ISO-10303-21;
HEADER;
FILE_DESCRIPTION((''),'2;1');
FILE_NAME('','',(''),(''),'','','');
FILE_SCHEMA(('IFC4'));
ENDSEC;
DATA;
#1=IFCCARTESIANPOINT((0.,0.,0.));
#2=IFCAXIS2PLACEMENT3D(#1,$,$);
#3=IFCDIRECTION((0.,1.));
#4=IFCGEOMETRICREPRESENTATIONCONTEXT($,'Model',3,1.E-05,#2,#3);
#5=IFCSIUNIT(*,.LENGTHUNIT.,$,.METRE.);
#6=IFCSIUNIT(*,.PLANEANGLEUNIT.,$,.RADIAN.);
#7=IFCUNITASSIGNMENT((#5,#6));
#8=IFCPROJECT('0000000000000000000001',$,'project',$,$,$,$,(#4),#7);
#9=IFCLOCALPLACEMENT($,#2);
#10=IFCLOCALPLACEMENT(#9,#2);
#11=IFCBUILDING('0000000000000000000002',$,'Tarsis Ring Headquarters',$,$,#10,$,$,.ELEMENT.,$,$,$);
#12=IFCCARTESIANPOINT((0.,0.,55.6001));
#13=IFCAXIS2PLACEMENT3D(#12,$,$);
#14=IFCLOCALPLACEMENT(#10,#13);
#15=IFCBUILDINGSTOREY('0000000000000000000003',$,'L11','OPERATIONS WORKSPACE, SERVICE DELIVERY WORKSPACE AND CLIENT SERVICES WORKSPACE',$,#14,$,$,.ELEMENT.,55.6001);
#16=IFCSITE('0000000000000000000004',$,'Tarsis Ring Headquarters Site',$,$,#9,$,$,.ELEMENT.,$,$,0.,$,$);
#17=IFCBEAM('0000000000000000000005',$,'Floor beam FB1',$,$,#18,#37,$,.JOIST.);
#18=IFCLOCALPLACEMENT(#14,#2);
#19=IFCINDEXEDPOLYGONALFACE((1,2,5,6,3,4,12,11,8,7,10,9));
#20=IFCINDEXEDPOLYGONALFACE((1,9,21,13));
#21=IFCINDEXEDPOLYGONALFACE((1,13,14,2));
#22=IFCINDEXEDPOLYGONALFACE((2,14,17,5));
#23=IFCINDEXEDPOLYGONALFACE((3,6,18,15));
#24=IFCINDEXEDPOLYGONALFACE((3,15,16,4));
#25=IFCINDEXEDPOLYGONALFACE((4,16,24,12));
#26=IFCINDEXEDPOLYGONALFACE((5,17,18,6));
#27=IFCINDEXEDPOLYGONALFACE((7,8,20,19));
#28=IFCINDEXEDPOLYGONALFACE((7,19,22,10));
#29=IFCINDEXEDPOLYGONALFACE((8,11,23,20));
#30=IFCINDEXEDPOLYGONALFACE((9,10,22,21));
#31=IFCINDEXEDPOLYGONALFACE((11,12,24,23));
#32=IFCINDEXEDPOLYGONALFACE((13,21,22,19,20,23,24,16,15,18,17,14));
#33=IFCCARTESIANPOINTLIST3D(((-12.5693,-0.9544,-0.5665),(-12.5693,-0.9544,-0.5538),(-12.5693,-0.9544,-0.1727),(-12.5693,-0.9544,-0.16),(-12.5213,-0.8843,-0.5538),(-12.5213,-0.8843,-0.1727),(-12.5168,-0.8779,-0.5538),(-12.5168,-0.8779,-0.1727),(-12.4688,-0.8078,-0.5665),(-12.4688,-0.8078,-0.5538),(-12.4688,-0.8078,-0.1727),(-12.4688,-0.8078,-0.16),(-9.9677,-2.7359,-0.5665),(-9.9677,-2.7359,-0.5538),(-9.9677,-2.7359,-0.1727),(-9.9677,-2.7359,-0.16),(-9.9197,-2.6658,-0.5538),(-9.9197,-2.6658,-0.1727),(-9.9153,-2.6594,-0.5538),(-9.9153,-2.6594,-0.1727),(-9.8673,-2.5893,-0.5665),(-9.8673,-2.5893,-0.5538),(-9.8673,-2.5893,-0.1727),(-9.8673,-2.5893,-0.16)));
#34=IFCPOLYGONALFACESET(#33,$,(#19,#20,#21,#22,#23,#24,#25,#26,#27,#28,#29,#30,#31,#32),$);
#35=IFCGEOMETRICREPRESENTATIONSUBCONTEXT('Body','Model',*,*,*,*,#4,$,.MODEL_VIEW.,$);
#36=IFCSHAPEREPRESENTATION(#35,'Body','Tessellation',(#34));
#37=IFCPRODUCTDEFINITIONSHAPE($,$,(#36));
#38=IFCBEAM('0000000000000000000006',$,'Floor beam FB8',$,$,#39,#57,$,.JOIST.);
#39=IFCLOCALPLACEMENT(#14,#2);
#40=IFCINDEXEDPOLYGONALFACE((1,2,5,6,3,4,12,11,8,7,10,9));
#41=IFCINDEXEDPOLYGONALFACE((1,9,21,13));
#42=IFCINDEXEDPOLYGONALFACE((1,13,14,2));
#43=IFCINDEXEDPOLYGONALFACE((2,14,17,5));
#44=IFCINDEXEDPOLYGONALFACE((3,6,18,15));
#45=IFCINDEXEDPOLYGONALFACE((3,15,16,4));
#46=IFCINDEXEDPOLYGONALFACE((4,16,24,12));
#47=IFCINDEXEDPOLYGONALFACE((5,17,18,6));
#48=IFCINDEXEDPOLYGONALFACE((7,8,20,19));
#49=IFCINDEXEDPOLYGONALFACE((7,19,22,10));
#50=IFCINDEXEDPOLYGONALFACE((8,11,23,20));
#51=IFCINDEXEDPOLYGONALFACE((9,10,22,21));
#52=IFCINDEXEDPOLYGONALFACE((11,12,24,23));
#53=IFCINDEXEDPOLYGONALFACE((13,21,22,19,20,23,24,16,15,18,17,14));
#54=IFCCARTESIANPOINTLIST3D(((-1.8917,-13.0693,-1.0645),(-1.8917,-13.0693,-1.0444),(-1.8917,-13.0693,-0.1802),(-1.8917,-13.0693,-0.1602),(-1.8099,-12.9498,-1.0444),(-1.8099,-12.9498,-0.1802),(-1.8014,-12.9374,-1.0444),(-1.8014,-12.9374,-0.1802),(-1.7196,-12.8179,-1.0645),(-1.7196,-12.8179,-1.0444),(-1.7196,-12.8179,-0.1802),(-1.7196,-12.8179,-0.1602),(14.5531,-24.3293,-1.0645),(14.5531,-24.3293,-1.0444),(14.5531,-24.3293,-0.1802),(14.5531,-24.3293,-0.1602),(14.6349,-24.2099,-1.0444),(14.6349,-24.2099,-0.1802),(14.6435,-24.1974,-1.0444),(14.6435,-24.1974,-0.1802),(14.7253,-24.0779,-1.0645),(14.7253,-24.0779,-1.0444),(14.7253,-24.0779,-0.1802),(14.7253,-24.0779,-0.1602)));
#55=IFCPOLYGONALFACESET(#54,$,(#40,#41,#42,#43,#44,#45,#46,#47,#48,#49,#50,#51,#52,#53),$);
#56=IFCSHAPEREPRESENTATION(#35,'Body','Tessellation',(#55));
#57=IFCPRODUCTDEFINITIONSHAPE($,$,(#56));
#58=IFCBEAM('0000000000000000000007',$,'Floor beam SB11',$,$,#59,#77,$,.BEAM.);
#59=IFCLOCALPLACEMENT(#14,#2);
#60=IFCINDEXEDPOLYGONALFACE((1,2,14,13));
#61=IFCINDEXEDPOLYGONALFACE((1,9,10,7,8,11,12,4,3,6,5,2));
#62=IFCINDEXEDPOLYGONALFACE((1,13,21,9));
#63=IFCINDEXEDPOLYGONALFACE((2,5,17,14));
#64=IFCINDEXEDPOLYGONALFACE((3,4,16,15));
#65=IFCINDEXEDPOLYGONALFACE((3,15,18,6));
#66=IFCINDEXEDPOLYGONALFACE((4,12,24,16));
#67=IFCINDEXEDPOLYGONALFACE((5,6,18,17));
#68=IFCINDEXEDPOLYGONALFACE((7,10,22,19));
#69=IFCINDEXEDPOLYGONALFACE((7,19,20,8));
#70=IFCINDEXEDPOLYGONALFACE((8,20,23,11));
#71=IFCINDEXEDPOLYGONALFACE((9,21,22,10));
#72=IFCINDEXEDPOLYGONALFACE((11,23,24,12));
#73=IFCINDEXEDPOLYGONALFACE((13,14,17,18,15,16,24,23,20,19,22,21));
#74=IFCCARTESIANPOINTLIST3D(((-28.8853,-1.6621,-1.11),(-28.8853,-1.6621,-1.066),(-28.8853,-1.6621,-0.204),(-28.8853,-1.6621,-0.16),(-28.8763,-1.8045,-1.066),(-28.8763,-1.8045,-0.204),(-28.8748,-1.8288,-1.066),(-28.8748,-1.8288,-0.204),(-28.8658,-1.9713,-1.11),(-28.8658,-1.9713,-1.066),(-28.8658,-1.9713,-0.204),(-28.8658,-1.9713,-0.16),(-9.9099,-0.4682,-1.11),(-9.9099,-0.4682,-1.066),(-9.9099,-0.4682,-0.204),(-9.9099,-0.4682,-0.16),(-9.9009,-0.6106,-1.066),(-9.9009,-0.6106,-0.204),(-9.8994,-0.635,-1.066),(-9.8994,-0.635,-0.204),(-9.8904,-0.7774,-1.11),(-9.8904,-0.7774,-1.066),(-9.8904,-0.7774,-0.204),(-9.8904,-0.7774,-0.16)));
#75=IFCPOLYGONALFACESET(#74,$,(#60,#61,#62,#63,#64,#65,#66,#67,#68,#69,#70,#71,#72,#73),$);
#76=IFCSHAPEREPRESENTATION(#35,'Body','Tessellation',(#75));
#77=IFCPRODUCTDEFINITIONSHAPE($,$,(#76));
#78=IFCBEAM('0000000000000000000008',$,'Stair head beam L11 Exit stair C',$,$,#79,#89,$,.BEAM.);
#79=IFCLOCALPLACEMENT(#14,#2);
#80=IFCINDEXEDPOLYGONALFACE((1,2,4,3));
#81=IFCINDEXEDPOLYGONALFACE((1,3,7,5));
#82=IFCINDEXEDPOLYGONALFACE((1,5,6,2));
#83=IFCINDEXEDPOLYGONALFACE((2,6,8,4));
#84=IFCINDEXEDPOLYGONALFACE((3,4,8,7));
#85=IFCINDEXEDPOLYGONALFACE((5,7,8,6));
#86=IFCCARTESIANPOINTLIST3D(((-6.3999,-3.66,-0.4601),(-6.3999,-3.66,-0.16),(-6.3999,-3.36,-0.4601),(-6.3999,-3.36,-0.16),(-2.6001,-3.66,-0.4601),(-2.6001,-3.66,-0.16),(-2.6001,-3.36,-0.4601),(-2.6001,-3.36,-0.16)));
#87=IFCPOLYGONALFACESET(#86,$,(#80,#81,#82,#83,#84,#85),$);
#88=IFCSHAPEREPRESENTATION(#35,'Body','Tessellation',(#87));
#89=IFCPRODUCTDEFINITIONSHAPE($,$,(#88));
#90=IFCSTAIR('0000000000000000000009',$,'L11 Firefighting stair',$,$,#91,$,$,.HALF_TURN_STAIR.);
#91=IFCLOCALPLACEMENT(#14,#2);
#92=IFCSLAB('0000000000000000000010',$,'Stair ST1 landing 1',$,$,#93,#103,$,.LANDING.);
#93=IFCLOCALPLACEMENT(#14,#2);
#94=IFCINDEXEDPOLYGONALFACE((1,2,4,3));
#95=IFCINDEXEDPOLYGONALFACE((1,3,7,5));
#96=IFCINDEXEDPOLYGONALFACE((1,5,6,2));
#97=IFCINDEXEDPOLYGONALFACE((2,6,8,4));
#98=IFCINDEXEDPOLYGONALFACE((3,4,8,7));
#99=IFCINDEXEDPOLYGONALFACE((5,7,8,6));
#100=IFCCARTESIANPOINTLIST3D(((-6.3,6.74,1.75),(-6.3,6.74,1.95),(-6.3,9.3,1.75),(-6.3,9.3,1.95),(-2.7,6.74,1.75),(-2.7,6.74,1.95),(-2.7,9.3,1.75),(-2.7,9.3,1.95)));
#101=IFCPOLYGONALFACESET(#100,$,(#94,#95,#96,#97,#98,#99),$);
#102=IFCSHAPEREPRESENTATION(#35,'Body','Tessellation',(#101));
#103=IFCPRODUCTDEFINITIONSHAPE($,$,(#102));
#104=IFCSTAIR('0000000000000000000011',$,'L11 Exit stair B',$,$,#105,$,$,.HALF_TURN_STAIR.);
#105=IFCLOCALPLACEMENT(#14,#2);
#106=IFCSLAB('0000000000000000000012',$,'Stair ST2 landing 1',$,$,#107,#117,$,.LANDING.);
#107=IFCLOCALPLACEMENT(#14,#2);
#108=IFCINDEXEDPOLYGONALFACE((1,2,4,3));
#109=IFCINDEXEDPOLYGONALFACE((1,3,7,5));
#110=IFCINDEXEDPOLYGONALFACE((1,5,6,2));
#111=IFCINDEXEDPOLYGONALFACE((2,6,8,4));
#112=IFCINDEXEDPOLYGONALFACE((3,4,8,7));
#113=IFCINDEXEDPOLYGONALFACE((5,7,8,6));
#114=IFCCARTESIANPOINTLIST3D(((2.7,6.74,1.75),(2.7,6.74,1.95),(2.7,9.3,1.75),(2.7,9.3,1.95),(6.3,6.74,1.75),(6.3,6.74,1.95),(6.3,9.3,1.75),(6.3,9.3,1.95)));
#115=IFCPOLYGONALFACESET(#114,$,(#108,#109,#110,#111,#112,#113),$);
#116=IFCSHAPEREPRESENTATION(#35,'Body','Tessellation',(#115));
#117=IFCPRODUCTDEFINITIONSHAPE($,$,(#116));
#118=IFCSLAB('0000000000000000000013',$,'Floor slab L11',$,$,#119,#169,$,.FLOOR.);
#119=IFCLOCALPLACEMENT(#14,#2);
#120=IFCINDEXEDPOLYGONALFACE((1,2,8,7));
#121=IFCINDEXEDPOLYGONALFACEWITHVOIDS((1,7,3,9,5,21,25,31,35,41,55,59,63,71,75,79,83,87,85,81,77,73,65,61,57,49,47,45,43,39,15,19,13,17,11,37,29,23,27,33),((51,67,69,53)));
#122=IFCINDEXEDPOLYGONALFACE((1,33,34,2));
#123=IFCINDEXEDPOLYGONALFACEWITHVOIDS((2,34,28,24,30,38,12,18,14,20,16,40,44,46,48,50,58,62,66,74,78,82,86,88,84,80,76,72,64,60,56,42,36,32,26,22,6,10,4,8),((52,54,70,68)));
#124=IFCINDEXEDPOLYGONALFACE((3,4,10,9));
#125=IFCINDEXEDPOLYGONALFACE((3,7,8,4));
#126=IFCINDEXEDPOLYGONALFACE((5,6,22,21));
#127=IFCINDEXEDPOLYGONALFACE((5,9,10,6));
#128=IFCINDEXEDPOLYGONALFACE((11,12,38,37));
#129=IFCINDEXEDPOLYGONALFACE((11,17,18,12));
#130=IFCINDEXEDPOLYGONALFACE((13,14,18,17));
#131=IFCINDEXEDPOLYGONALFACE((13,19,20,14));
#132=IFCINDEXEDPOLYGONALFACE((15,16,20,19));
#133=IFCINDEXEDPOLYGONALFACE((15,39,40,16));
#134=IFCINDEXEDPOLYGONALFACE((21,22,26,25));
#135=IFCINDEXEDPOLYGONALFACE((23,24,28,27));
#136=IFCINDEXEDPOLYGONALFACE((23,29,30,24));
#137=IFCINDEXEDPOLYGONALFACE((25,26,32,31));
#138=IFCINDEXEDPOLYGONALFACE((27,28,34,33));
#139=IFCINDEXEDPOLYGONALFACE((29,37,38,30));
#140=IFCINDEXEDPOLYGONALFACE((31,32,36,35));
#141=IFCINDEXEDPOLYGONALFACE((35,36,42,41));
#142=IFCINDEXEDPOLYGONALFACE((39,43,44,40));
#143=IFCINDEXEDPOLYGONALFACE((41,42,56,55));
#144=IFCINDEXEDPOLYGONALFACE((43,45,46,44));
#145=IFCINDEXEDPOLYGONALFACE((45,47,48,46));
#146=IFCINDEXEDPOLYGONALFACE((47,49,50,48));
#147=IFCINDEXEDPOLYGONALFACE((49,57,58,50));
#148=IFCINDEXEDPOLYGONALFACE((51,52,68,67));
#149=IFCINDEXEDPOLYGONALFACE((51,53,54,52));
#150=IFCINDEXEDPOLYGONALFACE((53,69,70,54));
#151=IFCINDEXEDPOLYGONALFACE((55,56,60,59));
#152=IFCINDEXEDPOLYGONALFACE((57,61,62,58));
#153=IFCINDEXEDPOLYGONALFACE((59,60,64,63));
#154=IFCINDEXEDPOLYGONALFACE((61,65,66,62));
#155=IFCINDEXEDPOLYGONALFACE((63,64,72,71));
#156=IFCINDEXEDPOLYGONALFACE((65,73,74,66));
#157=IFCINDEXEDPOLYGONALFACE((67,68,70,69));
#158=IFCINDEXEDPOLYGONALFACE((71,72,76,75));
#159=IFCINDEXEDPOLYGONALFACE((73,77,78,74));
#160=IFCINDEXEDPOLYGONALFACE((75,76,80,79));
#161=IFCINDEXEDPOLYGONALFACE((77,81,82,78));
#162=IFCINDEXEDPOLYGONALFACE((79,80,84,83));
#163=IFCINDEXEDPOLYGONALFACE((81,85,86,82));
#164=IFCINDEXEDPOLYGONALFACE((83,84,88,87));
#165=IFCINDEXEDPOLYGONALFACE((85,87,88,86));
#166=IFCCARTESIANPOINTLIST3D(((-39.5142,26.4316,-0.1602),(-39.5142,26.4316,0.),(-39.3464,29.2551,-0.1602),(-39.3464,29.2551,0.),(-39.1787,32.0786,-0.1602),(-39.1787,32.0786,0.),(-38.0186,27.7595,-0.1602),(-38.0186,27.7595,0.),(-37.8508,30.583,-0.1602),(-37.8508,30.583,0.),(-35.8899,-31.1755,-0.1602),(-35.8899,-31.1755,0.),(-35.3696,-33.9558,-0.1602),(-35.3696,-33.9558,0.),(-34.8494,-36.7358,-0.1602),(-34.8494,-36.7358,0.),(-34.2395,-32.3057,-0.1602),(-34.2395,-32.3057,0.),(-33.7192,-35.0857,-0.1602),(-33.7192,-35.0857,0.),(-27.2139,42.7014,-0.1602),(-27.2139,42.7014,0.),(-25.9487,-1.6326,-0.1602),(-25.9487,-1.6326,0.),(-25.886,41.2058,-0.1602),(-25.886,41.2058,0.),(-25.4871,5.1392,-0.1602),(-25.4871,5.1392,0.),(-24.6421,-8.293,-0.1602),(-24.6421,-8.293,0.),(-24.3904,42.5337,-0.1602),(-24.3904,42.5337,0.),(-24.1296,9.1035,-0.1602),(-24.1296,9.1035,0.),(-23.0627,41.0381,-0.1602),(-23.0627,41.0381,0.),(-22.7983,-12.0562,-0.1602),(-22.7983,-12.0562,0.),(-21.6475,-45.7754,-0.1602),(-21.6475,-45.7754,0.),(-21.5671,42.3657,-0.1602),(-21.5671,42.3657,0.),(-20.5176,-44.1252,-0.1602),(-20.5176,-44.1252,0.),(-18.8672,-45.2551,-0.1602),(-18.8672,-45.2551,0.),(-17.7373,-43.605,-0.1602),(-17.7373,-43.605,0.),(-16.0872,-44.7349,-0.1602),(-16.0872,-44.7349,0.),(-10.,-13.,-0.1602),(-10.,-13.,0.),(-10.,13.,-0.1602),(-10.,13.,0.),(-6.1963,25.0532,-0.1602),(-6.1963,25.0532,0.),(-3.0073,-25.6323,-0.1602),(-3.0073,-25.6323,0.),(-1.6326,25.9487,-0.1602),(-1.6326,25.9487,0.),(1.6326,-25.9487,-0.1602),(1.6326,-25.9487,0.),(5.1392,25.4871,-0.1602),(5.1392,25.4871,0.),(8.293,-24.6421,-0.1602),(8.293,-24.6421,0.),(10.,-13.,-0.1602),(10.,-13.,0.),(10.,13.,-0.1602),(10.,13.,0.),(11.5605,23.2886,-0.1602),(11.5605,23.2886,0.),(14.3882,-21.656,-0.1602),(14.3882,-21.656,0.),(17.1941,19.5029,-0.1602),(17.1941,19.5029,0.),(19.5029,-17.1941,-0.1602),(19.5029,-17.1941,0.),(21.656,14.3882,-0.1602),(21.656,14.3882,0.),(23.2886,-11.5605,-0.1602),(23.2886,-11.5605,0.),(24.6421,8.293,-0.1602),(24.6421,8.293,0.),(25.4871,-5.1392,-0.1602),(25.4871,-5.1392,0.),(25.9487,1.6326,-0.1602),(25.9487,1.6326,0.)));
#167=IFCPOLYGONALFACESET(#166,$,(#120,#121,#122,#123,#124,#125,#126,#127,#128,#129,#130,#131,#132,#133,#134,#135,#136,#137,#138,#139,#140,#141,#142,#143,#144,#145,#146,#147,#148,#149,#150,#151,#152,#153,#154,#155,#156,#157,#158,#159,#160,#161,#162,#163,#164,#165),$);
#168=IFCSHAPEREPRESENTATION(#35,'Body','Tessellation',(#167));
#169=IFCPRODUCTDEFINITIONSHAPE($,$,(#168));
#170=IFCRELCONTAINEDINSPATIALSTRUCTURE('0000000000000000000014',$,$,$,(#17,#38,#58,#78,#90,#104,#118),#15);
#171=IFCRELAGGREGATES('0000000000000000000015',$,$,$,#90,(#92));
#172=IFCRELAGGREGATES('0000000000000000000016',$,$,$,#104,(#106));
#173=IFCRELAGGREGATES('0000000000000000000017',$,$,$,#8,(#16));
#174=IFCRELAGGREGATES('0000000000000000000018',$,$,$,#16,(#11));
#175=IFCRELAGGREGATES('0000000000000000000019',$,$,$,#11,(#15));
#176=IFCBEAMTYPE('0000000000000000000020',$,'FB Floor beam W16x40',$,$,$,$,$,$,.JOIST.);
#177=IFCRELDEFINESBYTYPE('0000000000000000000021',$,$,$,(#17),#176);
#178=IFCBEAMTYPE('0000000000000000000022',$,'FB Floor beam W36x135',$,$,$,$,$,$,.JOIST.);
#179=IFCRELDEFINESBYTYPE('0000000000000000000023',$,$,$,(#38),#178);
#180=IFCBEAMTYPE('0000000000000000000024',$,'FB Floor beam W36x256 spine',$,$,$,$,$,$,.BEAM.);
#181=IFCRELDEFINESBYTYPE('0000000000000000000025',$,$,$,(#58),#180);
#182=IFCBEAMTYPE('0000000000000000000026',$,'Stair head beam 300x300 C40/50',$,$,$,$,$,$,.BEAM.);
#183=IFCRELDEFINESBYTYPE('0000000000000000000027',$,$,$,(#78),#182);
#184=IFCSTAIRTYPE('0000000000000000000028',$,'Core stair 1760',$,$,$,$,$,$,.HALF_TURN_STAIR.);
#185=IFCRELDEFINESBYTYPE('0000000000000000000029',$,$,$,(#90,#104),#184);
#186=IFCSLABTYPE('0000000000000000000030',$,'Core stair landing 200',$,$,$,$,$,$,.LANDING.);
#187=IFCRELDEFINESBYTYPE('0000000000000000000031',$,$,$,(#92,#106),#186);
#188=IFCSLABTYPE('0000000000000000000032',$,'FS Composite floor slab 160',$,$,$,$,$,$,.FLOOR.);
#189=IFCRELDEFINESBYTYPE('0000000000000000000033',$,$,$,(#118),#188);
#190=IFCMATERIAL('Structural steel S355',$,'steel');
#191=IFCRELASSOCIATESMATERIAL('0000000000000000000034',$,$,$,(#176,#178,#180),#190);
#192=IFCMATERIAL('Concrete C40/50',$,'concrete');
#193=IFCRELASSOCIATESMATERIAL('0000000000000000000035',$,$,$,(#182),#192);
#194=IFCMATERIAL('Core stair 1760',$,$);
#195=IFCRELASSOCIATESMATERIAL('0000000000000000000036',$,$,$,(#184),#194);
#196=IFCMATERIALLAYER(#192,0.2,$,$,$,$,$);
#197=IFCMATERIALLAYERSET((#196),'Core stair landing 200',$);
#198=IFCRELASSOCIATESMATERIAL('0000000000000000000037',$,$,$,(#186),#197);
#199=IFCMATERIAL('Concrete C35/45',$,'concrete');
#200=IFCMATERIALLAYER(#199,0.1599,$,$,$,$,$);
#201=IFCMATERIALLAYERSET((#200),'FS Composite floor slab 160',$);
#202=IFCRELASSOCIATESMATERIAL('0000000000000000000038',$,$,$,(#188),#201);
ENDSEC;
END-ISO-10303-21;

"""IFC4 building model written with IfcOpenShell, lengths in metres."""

from ifc_helpers import new_model, si_unit, direction, frame, origin, origin_2d, place, context, subcontext, project, spatial, polyline, rectangle, i_section, outline, extrude, material, layer, layer_set, material_profile, profile_set, type_object, element, aggregate, save


model = new_model("IFC4")

# Units and contexts
model_context = context("Model", 3, precision=1e-05, world=origin(), true_north=direction((0.0, 1.0)))
body_context = subcontext(model_context, "Body", "Model", "MODEL_VIEW")
ifc_project = project(units=[si_unit("LENGTHUNIT", "METRE"), si_unit("PLANEANGLEUNIT", "RADIAN")], contexts=[model_context])

# Site, building, storey
site_placement = place(None, origin())
site = spatial("IfcSite", under=ifc_project, at=site_placement, Name="Tarsis Ring Headquarters Site", CompositionType="ELEMENT", RefElevation=0.0)
building_placement = place(site_placement, origin())
building = spatial("IfcBuilding", under=site, at=building_placement, Name="Tarsis Ring Headquarters", CompositionType="ELEMENT")
storey_placement = place(building_placement, frame((0.0, 0.0, 55.6001)))
storey = spatial("IfcBuildingStorey", under=building, at=storey_placement, Name="L11", Description="OPERATIONS WORKSPACE, SERVICE DELIVERY WORKSPACE AND CLIENT SERVICES WORKSPACE", CompositionType="ELEMENT", Elevation=55.6001)

# Beams
ifc_material_1 = material(Name="Structural steel S355", Category="steel")
ifc_material_profile_1 = material_profile(ifc_material_1, i_section(OverallWidth=0.1777, OverallDepth=0.4065, WebThickness=0.0078, FlangeThickness=0.0127, at=origin_2d()), Name="W16x40")
ifc_profile_set_1 = profile_set([ifc_material_profile_1], Name="Structural steel S355")
beam_type_1 = type_object("IfcBeamType", Name="FB Floor beam W16x40", PredefinedType="JOIST", material=ifc_profile_set_1)
beam_1_placement = place(storey_placement, frame((-12.519, -0.8811, -0.3633), z_axis=(0.825089, -0.565003, 0.0), x_axis=(0.565003, 0.825089, 0.0)))
element("IfcBeam", 1, at=beam_1_placement, inside=storey, type_object=beam_type_1, Name="Floor beam FB1", PredefinedType="JOIST", context=body_context, shape_type="SweptSolid", body=[
    extrude(i_section(OverallWidth=0.1777, OverallDepth=0.4065, WebThickness=0.0078, FlangeThickness=0.0127, at=origin_2d()), origin(), (0.0, 0.0, 1.0), 3.1531),
])
ifc_material_profile_2 = material_profile(ifc_material_1, i_section(OverallWidth=0.3047, OverallDepth=0.9043, WebThickness=0.0151, FlangeThickness=0.02, at=origin_2d()), Name="W36x135")
ifc_profile_set_2 = profile_set([ifc_material_profile_2], Name="Structural steel S355")
beam_type_2 = type_object("IfcBeamType", Name="FB Floor beam W36x135", PredefinedType="JOIST", material=ifc_profile_set_2)
beam_2_placement = place(storey_placement, frame((-1.8057, -12.9436, -0.6123), z_axis=(0.825113, -0.564967, 0.0), x_axis=(0.564967, 0.825113, 0.0)))
element("IfcBeam", 2, at=beam_2_placement, inside=storey, type_object=beam_type_2, Name="Floor beam FB8", PredefinedType="JOIST", context=body_context, shape_type="SweptSolid", body=[
    extrude(i_section(OverallWidth=0.3047, OverallDepth=0.9043, WebThickness=0.0151, FlangeThickness=0.02, at=origin_2d()), origin(), (0.0, 0.0, 1.0), 19.9304),
])
ifc_material_profile_3 = material_profile(ifc_material_1, i_section(OverallWidth=0.3098, OverallDepth=0.95, WebThickness=0.0244, FlangeThickness=0.0439, at=origin_2d()), Name="W36x256")
ifc_profile_set_3 = profile_set([ifc_material_profile_3], Name="Structural steel S355")
beam_type_3 = type_object("IfcBeamType", Name="FB Floor beam W36x256 spine", PredefinedType="BEAM", material=ifc_profile_set_3)
beam_3_placement = place(storey_placement, frame((-9.9001, -0.6228, -0.635), z_axis=(-0.998027, -0.062792, 0.0), x_axis=(0.062792, -0.998027, 0.0)))
element("IfcBeam", 3, at=beam_3_placement, inside=storey, type_object=beam_type_3, Name="Floor beam SB11", PredefinedType="BEAM", context=body_context, shape_type="SweptSolid", body=[
    extrude(i_section(OverallWidth=0.3098, OverallDepth=0.95, WebThickness=0.0244, FlangeThickness=0.0439, at=origin_2d()), origin(), (0.0, 0.0, 1.0), 19.0129),
])
ifc_material_2 = material(Name="Concrete C40/50", Category="concrete")
ifc_material_profile_4 = material_profile(ifc_material_2, rectangle(XDim=0.3, YDim=0.3, at=origin_2d()), Name="Stair head beam 300x300 C40/50")
ifc_profile_set_4 = profile_set([ifc_material_profile_4], Name="Concrete C40/50")
beam_type_4 = type_object("IfcBeamType", Name="Stair head beam 300x300 C40/50", PredefinedType="BEAM", material=ifc_profile_set_4)
beam_4_placement = place(storey_placement, frame((-6.3999, -3.51, -0.3101), z_axis=(1.0, 0.0, 0.0), x_axis=(0.0, 1.0, 0.0)))
element("IfcBeam", 4, at=beam_4_placement, inside=storey, type_object=beam_type_4, Name="Stair head beam L11 Exit stair C", PredefinedType="BEAM", context=body_context, shape_type="SweptSolid", body=[
    extrude(rectangle(XDim=0.3, YDim=0.3, at=origin_2d()), origin(), (0.0, 0.0, 1.0), 3.7998),
])

# Stairs, slabs
ifc_material_3 = material(Name="Core stair 1760")
stair_type = type_object("IfcStairType", Name="Core stair 1760", PredefinedType="HALF_TURN_STAIR", material=ifc_material_3)
stair_1_placement = place(storey_placement, origin())
stair_1 = element("IfcStair", 5, at=stair_1_placement, inside=storey, type_object=stair_type, Name="L11 Firefighting stair", PredefinedType="HALF_TURN_STAIR")
ifc_layer_1 = layer(ifc_material_2, 0.2)
ifc_layer_set_1 = layer_set([ifc_layer_1], Name="Core stair landing 200")
slab_type_1 = type_object("IfcSlabType", Name="Core stair landing 200", PredefinedType="LANDING", material=ifc_layer_set_1)
slab_1_placement = place(storey_placement, frame((0.0, 0.0, 1.75)))
slab_1 = element("IfcSlab", 6, at=slab_1_placement, type_object=slab_type_1, Name="Stair ST1 landing 1", PredefinedType="LANDING", context=body_context, shape_type="SweptSolid", body=[
    extrude(outline(polyline([(-2.7, 6.74), (-2.7, 9.3), (-6.3, 9.3), (-6.3, 6.74), (-2.7, 6.74)])), origin(), (0.0, 0.0, 1.0), 0.2),
])
aggregate(stair_1, [slab_1])
stair_2_placement = place(storey_placement, origin())
stair_2 = element("IfcStair", 7, at=stair_2_placement, inside=storey, type_object=stair_type, Name="L11 Exit stair B", PredefinedType="HALF_TURN_STAIR")
slab_2_placement = place(storey_placement, frame((0.0, 0.0, 1.75)))
slab_2 = element("IfcSlab", 8, at=slab_2_placement, type_object=slab_type_1, Name="Stair ST2 landing 1", PredefinedType="LANDING", context=body_context, shape_type="SweptSolid", body=[
    extrude(outline(polyline([(6.3, 6.74), (6.3, 9.3), (2.7, 9.3), (2.7, 6.74), (6.3, 6.74)])), origin(), (0.0, 0.0, 1.0), 0.2),
])
aggregate(stair_2, [slab_2])

# Slab
ifc_material_4 = material(Name="Concrete C35/45", Category="concrete")
ifc_layer_2 = layer(ifc_material_4, 0.1599)
ifc_layer_set_2 = layer_set([ifc_layer_2], Name="FS Composite floor slab 160")
slab_type_2 = type_object("IfcSlabType", Name="FS Composite floor slab 160", PredefinedType="FLOOR", material=ifc_layer_set_2)
slab_3_placement = place(storey_placement, frame((0.0, 0.0, -0.1602)))
element("IfcSlab", 9, at=slab_3_placement, inside=storey, type_object=slab_type_2, Name="Floor slab L11", PredefinedType="FLOOR", context=body_context, shape_type="SweptSolid", body=[
    extrude(outline(polyline([(-24.1296, 9.1035), (-25.4871, 5.1392), (-25.9487, -1.6326), (-24.6421, -8.293), (-22.7983, -12.0562), (-35.8899, -31.1755), (-34.2395, -32.3057), (-35.3696, -33.9558), (-33.7192, -35.0857), (-34.8494, -36.7358), (-21.6475, -45.7754), (-20.5176, -44.1252), (-18.8672, -45.2551), (-17.7373, -43.605), (-16.0872, -44.7349), (-3.0073, -25.6323), (1.6326, -25.9487), (8.293, -24.6421), (14.3882, -21.656), (19.5029, -17.1941), (23.2886, -11.5605), (25.4871, -5.1392), (25.9487, 1.6326), (24.6421, 8.293), (21.656, 14.3882), (17.1941, 19.5029), (11.5605, 23.2886), (5.1392, 25.4871), (-1.6326, 25.9487), (-6.1963, 25.0532), (-21.5671, 42.3657), (-23.0627, 41.0381), (-24.3904, 42.5337), (-25.886, 41.2058), (-27.2139, 42.7014), (-39.1787, 32.0786), (-37.8508, 30.583), (-39.3464, 29.2551), (-38.0186, 27.7595), (-39.5142, 26.4316), (-24.1296, 9.1035)]), holes=[polyline([(-10.0, -13.0), (-10.0, 13.0), (10.0, 13.0), (10.0, -13.0), (-10.0, -13.0)])]), origin(), (0.0, 0.0, 1.0), 0.1602),
])

save(model, "model.ifc")
